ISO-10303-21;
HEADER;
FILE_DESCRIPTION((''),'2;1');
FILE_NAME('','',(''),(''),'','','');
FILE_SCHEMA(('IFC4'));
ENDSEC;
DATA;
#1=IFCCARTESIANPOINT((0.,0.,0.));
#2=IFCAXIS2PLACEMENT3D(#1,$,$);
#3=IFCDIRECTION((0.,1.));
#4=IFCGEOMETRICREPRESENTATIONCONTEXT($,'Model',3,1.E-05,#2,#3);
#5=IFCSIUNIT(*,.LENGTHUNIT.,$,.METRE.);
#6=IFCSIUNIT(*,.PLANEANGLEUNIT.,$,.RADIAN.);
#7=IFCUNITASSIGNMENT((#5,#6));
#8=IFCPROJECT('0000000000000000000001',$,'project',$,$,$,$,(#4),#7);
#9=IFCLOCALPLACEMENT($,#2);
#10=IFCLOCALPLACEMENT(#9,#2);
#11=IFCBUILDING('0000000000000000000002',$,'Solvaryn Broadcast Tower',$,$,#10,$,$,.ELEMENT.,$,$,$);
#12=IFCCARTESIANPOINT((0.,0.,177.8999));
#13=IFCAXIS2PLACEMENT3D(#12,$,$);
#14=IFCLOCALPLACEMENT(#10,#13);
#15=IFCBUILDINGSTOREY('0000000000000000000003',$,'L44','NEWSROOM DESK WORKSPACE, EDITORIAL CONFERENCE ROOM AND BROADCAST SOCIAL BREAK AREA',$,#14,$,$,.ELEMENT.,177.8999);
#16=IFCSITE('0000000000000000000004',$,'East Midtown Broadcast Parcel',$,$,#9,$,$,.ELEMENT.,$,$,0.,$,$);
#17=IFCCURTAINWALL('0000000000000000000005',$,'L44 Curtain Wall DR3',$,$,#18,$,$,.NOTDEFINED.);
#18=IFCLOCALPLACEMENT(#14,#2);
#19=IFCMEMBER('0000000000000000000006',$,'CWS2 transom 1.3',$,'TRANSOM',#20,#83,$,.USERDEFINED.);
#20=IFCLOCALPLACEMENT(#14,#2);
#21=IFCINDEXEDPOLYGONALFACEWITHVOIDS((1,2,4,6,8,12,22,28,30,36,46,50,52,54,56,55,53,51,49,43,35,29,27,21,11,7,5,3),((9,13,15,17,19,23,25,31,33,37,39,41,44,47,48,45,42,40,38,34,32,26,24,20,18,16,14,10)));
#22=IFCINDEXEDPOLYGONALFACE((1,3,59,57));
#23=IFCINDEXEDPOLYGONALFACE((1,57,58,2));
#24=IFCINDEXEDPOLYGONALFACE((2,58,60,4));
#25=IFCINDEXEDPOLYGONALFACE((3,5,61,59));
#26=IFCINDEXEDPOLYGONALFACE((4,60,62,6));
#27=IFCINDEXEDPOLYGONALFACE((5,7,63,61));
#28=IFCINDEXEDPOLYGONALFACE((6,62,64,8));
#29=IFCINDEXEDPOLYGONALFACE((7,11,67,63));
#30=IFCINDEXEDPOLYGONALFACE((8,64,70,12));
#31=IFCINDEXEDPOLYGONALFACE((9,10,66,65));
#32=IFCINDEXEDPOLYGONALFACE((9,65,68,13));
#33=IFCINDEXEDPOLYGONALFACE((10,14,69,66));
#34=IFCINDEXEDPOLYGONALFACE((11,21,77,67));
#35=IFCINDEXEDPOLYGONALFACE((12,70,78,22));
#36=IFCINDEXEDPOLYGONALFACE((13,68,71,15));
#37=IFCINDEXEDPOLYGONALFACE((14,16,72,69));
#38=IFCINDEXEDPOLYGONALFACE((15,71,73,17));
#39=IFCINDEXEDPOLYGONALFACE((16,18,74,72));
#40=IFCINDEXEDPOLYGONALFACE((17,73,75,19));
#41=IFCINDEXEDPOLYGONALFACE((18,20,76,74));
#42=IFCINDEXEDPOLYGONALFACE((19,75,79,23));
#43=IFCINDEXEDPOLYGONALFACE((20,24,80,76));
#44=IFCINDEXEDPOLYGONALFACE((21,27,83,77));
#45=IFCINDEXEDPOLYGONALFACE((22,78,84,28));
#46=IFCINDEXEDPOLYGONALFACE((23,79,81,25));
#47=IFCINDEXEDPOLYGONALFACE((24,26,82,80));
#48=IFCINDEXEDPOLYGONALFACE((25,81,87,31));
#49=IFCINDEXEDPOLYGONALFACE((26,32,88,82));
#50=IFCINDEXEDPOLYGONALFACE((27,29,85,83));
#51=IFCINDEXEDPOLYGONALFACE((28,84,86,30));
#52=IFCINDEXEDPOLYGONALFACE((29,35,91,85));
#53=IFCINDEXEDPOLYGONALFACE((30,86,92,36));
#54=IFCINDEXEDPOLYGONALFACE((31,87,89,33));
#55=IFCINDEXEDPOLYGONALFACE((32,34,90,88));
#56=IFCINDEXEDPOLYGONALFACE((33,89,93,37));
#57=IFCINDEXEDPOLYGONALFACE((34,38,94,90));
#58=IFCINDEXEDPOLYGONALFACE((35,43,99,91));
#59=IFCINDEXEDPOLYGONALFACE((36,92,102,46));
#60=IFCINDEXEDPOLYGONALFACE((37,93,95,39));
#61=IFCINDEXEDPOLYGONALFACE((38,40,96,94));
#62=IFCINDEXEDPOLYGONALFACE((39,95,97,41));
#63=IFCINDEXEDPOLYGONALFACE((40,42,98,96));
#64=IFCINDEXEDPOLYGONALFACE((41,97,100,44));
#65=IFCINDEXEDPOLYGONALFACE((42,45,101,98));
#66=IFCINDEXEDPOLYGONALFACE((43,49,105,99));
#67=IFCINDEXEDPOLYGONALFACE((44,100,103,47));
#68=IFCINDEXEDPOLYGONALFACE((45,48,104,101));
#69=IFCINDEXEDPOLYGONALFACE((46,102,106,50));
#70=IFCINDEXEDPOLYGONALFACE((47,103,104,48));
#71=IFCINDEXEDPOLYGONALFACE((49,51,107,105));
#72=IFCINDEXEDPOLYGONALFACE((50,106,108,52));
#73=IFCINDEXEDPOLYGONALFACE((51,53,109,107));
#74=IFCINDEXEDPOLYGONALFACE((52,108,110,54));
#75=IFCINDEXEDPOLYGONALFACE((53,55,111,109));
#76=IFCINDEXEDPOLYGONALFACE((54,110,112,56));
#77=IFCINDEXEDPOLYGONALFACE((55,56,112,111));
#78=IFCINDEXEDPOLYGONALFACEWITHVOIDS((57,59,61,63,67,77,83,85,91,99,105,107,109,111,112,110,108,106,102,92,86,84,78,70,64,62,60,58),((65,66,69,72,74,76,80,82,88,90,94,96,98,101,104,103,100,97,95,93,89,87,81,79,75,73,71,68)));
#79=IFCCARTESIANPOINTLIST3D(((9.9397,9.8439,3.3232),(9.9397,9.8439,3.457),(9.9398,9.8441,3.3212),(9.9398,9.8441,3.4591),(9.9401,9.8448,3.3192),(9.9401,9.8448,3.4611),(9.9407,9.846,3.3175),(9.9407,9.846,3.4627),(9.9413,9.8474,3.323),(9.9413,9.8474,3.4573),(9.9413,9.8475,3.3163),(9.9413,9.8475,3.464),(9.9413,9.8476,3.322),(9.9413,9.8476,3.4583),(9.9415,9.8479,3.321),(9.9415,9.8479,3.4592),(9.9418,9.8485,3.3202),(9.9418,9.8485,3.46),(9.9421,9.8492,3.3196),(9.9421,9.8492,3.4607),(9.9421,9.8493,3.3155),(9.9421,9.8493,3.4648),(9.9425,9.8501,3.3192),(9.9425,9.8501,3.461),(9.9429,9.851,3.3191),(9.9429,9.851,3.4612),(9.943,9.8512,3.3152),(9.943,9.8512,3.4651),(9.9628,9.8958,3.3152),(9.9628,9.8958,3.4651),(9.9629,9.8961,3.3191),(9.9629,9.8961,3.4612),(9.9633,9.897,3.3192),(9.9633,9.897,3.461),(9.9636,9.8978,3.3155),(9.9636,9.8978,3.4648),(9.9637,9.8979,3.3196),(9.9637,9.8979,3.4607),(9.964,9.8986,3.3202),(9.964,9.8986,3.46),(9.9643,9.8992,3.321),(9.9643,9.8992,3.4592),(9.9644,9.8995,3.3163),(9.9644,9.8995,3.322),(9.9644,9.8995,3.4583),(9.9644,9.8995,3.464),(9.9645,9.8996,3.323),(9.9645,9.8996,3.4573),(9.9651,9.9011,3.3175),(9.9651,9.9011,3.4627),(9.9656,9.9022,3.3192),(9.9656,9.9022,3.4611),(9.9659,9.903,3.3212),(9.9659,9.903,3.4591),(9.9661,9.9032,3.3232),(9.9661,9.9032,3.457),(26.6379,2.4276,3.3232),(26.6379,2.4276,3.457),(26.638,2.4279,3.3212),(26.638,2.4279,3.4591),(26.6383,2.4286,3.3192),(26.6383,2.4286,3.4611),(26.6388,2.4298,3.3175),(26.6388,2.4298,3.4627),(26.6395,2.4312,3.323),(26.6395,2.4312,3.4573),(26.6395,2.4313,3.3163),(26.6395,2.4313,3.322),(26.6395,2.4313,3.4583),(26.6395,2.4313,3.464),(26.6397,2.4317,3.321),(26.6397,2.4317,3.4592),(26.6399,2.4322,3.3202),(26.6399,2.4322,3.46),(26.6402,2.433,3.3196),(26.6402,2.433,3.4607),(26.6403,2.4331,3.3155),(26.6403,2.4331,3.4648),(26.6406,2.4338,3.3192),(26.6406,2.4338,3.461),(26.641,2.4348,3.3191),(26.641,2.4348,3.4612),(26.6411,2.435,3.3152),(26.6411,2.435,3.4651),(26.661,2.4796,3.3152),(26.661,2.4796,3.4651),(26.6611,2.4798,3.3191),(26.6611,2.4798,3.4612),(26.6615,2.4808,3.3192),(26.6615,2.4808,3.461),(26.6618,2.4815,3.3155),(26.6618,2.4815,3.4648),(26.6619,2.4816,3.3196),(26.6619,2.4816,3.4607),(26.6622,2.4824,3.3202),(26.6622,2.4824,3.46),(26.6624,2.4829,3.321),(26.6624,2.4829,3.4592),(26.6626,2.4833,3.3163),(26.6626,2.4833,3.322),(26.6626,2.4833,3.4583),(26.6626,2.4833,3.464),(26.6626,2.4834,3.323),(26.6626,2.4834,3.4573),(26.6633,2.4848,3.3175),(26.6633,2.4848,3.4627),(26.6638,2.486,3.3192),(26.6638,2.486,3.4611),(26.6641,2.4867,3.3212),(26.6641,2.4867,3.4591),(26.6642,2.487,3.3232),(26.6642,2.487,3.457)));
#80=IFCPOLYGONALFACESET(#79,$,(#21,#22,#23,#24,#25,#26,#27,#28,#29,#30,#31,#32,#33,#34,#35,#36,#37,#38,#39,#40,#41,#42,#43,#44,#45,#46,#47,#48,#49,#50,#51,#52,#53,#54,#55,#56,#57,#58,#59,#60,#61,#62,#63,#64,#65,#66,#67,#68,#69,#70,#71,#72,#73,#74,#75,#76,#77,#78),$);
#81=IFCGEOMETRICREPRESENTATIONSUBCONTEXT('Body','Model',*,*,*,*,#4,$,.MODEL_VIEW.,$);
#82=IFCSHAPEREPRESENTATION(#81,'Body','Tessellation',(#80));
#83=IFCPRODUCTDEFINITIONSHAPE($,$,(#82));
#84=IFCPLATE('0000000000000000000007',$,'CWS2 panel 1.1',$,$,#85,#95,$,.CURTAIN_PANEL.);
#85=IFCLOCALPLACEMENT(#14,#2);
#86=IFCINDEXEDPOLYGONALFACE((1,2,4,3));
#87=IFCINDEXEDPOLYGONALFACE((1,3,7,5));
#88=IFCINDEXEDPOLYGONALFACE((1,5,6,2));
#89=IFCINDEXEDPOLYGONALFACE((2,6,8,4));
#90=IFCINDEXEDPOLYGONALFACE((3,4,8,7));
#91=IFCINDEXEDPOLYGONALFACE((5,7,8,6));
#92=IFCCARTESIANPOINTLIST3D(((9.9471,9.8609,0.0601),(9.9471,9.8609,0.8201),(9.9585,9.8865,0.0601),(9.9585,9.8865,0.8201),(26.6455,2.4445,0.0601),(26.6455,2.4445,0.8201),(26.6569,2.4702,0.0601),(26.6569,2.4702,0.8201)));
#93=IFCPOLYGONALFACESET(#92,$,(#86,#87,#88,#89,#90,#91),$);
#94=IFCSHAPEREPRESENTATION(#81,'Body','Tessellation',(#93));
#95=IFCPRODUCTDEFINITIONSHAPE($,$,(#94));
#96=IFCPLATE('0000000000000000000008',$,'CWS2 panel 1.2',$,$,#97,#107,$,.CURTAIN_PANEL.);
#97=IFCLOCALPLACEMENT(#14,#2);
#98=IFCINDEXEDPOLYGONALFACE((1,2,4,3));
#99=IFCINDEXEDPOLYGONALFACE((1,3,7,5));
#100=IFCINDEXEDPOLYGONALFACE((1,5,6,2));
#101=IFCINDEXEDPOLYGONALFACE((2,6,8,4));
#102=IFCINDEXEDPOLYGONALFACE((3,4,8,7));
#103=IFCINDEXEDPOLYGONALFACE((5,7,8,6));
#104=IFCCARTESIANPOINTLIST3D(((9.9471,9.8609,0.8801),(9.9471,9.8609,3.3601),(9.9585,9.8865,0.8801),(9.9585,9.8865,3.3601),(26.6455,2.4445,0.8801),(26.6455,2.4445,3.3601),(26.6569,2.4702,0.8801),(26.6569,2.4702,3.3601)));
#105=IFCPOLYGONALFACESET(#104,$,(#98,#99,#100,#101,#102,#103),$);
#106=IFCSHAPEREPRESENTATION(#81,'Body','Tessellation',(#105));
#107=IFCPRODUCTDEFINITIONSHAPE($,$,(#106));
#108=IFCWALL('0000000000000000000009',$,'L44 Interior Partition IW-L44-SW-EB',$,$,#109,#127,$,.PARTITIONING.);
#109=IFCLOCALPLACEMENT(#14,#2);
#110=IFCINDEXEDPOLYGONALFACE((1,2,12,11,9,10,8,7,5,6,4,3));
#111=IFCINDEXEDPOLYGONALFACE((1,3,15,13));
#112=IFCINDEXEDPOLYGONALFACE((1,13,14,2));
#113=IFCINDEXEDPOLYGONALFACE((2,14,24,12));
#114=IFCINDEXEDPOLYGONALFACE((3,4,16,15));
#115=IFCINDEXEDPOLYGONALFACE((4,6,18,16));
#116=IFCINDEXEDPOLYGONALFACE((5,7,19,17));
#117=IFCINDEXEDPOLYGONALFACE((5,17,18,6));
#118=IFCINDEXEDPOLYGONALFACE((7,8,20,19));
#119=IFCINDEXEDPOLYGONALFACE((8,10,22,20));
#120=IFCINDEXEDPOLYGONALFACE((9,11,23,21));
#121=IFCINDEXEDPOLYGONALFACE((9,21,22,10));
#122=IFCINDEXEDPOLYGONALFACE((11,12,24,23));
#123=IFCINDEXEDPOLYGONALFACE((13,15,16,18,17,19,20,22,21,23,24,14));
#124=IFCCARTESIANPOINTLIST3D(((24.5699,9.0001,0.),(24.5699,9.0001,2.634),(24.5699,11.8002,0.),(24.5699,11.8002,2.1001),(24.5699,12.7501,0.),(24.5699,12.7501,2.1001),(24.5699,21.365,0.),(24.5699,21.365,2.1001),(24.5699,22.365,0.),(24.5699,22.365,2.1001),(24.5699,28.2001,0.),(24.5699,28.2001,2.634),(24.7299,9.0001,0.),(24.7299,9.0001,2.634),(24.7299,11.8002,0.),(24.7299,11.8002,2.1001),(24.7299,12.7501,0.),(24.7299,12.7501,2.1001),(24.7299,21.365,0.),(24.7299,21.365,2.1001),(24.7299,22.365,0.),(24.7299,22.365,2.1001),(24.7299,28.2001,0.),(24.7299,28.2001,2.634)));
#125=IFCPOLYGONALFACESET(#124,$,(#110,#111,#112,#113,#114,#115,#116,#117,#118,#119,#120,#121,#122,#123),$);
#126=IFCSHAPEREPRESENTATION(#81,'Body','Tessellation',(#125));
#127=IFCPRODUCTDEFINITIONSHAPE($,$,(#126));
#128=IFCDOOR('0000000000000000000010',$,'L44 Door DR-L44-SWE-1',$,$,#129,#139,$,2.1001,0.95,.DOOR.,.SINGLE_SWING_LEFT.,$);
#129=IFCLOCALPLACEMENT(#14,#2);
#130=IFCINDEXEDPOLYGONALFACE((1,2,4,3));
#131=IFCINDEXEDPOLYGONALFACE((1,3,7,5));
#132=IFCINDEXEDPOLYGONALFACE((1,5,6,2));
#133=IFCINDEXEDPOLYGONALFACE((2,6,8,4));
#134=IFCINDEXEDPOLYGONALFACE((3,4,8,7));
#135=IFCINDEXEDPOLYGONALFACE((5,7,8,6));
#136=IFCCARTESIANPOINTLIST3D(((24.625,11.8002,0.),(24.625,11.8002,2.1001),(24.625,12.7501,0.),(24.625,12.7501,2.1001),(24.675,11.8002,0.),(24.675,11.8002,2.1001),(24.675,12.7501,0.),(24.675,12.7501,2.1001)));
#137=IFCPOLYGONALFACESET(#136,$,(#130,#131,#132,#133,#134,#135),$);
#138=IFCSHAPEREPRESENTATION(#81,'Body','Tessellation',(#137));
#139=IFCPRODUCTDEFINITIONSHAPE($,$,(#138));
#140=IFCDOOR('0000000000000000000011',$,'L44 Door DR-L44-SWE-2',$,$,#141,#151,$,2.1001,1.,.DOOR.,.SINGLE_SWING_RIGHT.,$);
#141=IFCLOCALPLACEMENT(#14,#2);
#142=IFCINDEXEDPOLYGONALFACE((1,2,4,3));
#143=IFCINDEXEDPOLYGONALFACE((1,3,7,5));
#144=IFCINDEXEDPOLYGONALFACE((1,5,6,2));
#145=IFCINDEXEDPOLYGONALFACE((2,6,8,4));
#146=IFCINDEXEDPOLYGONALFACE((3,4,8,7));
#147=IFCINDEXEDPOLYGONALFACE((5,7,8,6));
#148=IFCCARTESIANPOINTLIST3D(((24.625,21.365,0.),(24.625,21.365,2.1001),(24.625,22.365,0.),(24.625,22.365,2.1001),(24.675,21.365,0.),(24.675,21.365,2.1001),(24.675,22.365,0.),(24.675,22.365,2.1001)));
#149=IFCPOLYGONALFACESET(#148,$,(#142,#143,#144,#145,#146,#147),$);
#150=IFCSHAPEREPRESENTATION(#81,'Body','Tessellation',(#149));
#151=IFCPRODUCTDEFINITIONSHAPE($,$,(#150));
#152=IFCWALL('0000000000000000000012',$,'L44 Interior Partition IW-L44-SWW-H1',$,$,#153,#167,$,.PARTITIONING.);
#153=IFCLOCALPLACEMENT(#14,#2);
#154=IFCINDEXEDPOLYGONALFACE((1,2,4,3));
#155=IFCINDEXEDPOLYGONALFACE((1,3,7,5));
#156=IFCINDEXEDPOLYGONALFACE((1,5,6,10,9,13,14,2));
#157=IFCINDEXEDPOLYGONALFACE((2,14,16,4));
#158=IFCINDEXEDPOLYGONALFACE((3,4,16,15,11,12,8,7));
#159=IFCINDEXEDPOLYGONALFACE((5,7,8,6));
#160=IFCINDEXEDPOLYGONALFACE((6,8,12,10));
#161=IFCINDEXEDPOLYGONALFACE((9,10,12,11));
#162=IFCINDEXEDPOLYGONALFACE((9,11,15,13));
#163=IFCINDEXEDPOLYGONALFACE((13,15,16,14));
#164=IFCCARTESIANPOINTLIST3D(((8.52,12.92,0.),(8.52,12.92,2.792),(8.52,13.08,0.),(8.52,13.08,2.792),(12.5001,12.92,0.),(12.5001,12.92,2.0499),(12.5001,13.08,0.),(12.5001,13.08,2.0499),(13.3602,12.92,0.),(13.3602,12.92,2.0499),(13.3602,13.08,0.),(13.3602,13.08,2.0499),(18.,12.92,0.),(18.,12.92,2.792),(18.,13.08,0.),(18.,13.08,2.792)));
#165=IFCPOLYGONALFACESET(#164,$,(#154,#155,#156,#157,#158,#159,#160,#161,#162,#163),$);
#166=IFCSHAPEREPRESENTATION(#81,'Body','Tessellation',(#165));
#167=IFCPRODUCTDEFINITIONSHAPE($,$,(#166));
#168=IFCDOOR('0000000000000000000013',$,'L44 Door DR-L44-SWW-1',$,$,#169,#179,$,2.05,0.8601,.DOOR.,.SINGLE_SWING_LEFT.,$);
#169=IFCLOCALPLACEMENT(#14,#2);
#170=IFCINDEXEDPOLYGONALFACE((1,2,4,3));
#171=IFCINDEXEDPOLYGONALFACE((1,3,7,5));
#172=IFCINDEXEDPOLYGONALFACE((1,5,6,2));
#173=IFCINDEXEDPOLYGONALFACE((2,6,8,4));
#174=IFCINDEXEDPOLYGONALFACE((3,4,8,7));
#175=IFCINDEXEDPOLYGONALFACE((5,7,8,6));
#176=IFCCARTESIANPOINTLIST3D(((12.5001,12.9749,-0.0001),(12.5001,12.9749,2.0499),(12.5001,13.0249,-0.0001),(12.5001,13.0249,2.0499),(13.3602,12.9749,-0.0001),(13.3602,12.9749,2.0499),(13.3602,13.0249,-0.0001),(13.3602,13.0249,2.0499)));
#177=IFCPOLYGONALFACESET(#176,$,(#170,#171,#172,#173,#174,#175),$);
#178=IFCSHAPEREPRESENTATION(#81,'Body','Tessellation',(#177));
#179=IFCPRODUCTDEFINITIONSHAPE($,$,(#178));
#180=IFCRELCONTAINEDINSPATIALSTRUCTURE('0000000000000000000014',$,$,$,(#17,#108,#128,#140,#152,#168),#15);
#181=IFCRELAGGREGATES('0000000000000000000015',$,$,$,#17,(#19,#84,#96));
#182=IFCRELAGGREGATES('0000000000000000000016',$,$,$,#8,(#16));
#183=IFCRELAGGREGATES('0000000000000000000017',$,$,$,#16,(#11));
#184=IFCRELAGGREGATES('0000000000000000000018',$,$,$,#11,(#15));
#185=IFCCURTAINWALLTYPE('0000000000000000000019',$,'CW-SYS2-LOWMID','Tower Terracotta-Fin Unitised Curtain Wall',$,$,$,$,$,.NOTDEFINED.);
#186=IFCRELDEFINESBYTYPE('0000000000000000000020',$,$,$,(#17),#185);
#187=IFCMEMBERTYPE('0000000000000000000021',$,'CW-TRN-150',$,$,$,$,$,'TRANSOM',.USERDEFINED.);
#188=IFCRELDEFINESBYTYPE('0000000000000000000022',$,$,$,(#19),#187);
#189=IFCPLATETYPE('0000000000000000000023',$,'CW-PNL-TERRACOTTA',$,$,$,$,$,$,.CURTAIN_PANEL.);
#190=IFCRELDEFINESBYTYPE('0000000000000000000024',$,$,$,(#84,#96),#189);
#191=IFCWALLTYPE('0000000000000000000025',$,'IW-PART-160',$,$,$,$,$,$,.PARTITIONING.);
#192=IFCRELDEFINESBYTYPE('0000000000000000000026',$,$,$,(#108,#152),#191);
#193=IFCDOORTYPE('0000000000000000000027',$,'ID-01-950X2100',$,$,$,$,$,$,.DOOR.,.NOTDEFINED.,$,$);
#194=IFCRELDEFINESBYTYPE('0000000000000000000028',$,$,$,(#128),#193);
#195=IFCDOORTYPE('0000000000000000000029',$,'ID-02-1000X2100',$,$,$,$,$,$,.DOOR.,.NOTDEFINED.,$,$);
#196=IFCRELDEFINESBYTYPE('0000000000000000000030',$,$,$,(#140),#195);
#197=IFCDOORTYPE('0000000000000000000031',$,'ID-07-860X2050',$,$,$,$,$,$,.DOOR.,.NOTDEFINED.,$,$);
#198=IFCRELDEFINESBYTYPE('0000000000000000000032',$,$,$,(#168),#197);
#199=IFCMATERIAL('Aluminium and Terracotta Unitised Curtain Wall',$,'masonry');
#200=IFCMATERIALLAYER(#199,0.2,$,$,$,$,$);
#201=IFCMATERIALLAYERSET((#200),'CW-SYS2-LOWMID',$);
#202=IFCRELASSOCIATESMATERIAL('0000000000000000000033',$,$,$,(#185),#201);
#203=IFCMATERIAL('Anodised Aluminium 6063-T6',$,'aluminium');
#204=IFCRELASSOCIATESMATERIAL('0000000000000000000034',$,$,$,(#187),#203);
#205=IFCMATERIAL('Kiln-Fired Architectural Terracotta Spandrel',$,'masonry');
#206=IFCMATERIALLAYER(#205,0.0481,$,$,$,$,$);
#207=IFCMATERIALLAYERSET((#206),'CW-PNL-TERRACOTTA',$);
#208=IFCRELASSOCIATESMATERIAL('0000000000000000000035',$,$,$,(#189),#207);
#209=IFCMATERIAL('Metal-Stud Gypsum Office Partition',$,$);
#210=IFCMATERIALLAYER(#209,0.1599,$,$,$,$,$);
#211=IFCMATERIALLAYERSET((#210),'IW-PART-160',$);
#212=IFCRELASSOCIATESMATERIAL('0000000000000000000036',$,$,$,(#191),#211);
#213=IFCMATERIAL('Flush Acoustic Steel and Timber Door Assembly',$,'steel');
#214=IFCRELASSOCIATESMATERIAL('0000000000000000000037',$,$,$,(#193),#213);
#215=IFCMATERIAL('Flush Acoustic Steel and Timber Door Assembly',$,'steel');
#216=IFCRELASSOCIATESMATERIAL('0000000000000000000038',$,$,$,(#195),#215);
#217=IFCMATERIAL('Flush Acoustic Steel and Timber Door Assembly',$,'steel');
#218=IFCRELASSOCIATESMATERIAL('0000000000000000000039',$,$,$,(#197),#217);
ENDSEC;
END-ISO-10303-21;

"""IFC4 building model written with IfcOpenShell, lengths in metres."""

from ifc_helpers import new_model, si_unit, direction, frame, frame_2d, origin, origin_2d, place, context, subcontext, project, spatial, rectangle, hollow_rectangle, extrude, material, layer, layer_set, material_profile, profile_set, type_object, element, fill, aggregate, save


model = new_model("IFC4")

# Units and contexts
model_context = context("Model", 3, precision=1e-05, world=origin(), true_north=direction((0.0, 1.0)))
body_context = subcontext(model_context, "Body", "Model", "MODEL_VIEW")
ifc_project = project(units=[si_unit("LENGTHUNIT", "METRE"), si_unit("PLANEANGLEUNIT", "RADIAN")], contexts=[model_context])

# Site, building, storey
site_placement = place(None, origin())
site = spatial("IfcSite", under=ifc_project, at=site_placement, Name="East Midtown Broadcast Parcel", CompositionType="ELEMENT", RefElevation=0.0)
building_placement = place(site_placement, origin())
building = spatial("IfcBuilding", under=site, at=building_placement, Name="Solvaryn Broadcast Tower", CompositionType="ELEMENT")
storey_placement = place(building_placement, frame((0.0, 0.0, 177.8999)))
storey = spatial("IfcBuildingStorey", under=building, at=storey_placement, Name="L44", Description="NEWSROOM DESK WORKSPACE, EDITORIAL CONFERENCE ROOM AND BROADCAST SOCIAL BREAK AREA", CompositionType="ELEMENT", Elevation=177.8999)

# Shared definitions
ifc_material_1 = material(Name="Aluminium and Terracotta Unitised Curtain Wall", Category="masonry")
ifc_layer_1 = layer(ifc_material_1, 0.2)
ifc_layer_set_1 = layer_set([ifc_layer_1], Name="CW-SYS2-LOWMID")
curtain_wall_type = type_object("IfcCurtainWallType", Name="CW-SYS2-LOWMID", Description="Tower Terracotta-Fin Unitised Curtain Wall", PredefinedType="NOTDEFINED", material=ifc_layer_set_1)

# Curtain wall, member, plates
curtain_wall_1_placement = place(storey_placement, origin())
curtain_wall_1 = element("IfcCurtainWall", 1, at=curtain_wall_1_placement, inside=storey, type_object=curtain_wall_type, Name="L44 Curtain Wall DR3", PredefinedType="NOTDEFINED")
ifc_material_2 = material(Name="Anodised Aluminium 6063-T6", Category="aluminium")
ifc_material_profile_1 = material_profile(ifc_material_2, hollow_rectangle(XDim=0.0649, YDim=0.1499, WallThickness=0.0039, InnerFilletRadius=0.0039, OuterFilletRadius=0.0081, at=origin_2d()))
ifc_profile_set_1 = profile_set([ifc_material_profile_1], Name="Anodised Aluminium 6063-T6")
member_type_1 = type_object("IfcMemberType", Name="CW-TRN-150", ElementType="TRANSOM", PredefinedType="USERDEFINED", material=ifc_profile_set_1)
member_1_placement = place(storey_placement, frame((9.9529, 9.8735, 3.3901), z_axis=(0.913917, -0.405902, 0.0), x_axis=(0.405902, 0.913917, 0.0)))
member_1 = element("IfcMember", 2, at=member_1_placement, type_object=member_type_1, Name="CWS2 transom 1.3", ObjectType="TRANSOM", PredefinedType="USERDEFINED", context=body_context, shape_type="SweptSolid", body=[
    extrude(hollow_rectangle(XDim=0.0649, YDim=0.1499, WallThickness=0.0039, InnerFilletRadius=0.0039, OuterFilletRadius=0.0081, at=origin_2d()), origin(), (0.0, 0.0, 1.0), 18.271),
])
ifc_material_3 = material(Name="Kiln-Fired Architectural Terracotta Spandrel", Category="masonry")
ifc_layer_2 = layer(ifc_material_3, 0.0481)
ifc_layer_set_2 = layer_set([ifc_layer_2], Name="CW-PNL-TERRACOTTA")
plate_type = type_object("IfcPlateType", Name="CW-PNL-TERRACOTTA", PredefinedType="CURTAIN_PANEL", material=ifc_layer_set_2)
plate_1_placement = place(storey_placement, frame((18.302, 6.1655, 0.0601), z_axis=(0.0, 0.0, 1.0), x_axis=(0.913917, -0.405901, 0.0)))
plate_1 = element("IfcPlate", 3, at=plate_1_placement, type_object=plate_type, Name="CWS2 panel 1.1", PredefinedType="CURTAIN_PANEL", context=body_context, shape_type="SweptSolid", body=[
    extrude(rectangle(XDim=18.2712, YDim=0.0281, at=origin_2d()), origin(), (0.0, 0.0, 1.0), 0.76),
])
plate_2_placement = place(storey_placement, frame((18.302, 6.1655, 0.8801), z_axis=(0.0, 0.0, 1.0), x_axis=(0.913917, -0.405901, 0.0)))
plate_2 = element("IfcPlate", 4, at=plate_2_placement, type_object=plate_type, Name="CWS2 panel 1.2", PredefinedType="CURTAIN_PANEL", context=body_context, shape_type="SweptSolid", body=[
    extrude(rectangle(XDim=18.2712, YDim=0.0281, at=origin_2d()), origin(), (0.0, 0.0, 1.0), 2.48),
])
aggregate(curtain_wall_1, [member_1, plate_1, plate_2])

# Wall, openings, doors
ifc_material_4 = material(Name="Metal-Stud Gypsum Office Partition")
ifc_layer_3 = layer(ifc_material_4, 0.1599)
ifc_layer_set_3 = layer_set([ifc_layer_3], Name="IW-PART-160")
wall_type_1 = type_object("IfcWallType", Name="IW-PART-160", PredefinedType="PARTITIONING", material=ifc_layer_set_3)
wall_1_placement = place(storey_placement, frame((24.6499, 9.0, 0.0), z_axis=(0.0, 0.0, 1.0), x_axis=(0.0, 1.0, 0.0)))
wall_1 = element("IfcWall", 5, at=wall_1_placement, inside=storey, type_object=wall_type_1, Name="L44 Interior Partition IW-L44-SW-EB", PredefinedType="PARTITIONING", context=body_context, shape_type="SweptSolid", body=[
    extrude(rectangle(XDim=19.2, YDim=0.1599, at=frame_2d((9.6001, 0.0))), origin(), (0.0, 0.0, 1.0), 2.634),
])
opening_1_placement = place(wall_1_placement, frame((2.8, 0.0, 0.0)))
opening_1 = element("IfcOpeningElement", 6, at=opening_1_placement, cuts=wall_1, PredefinedType="OPENING", context=body_context, shape_type="SweptSolid", body=[
    extrude(rectangle(XDim=0.95, YDim=2.1001, at=frame_2d((0.4751, 1.05))), frame((0.0, 0.0901, 0.0), z_axis=(0.0, -1.0, 0.0), x_axis=(1.0, 0.0, 0.0)), (0.0, 0.0, 1.0), 0.1799),
])
opening_2_placement = place(wall_1_placement, frame((12.365, 0.0, 0.0)))
opening_2 = element("IfcOpeningElement", 7, at=opening_2_placement, cuts=wall_1, PredefinedType="OPENING", context=body_context, shape_type="SweptSolid", body=[
    extrude(rectangle(XDim=1.0, YDim=2.1001, at=frame_2d((0.5, 1.05))), frame((0.0, 0.0901, 0.0), z_axis=(0.0, -1.0, 0.0), x_axis=(1.0, 0.0, 0.0)), (0.0, 0.0, 1.0), 0.1799),
])
ifc_material_5 = material(Name="Flush Acoustic Steel and Timber Door Assembly", Category="steel")
door_type_1 = type_object("IfcDoorType", Name="ID-01-950X2100", OperationType="NOTDEFINED", PredefinedType="DOOR", material=ifc_material_5)
door_1_placement = place(opening_1_placement, origin())
door_1 = element("IfcDoor", 8, at=door_1_placement, inside=storey, type_object=door_type_1, Name="L44 Door DR-L44-SWE-1", OperationType="SINGLE_SWING_LEFT", OverallHeight=2.1001, OverallWidth=0.95, PredefinedType="DOOR", context=body_context, shape_type="SweptSolid", body=[
    extrude(rectangle(XDim=0.95, YDim=2.1001, at=frame_2d((0.4751, 1.05))), frame((0.0, 0.0249, 0.0), z_axis=(0.0, -1.0, 0.0), x_axis=(1.0, 0.0, 0.0)), (0.0, 0.0, 1.0), 0.05),
])
fill(opening_1, door_1)
ifc_material_6 = material(Name="Flush Acoustic Steel and Timber Door Assembly", Category="steel")
door_type_2 = type_object("IfcDoorType", Name="ID-02-1000X2100", OperationType="NOTDEFINED", PredefinedType="DOOR", material=ifc_material_6)
door_2_placement = place(opening_2_placement, origin())
door_2 = element("IfcDoor", 9, at=door_2_placement, inside=storey, type_object=door_type_2, Name="L44 Door DR-L44-SWE-2", OperationType="SINGLE_SWING_RIGHT", OverallHeight=2.1001, OverallWidth=1.0, PredefinedType="DOOR", context=body_context, shape_type="SweptSolid", body=[
    extrude(rectangle(XDim=1.0, YDim=2.1001, at=frame_2d((0.5, 1.05))), frame((0.0, 0.0249, 0.0), z_axis=(0.0, -1.0, 0.0), x_axis=(1.0, 0.0, 0.0)), (0.0, 0.0, 1.0), 0.05),
])
fill(opening_2, door_2)

# Wall, opening, door
wall_2_placement = place(storey_placement, frame((8.52, 13.0, 0.0), z_axis=(0.0, 0.0, 1.0), x_axis=(1.0, 0.0, 0.0)))
wall_2 = element("IfcWall", 10, at=wall_2_placement, inside=storey, type_object=wall_type_1, Name="L44 Interior Partition IW-L44-SWW-H1", PredefinedType="PARTITIONING", context=body_context, shape_type="SweptSolid", body=[
    extrude(rectangle(XDim=9.48, YDim=0.1599, at=frame_2d((4.74, 0.0))), origin(), (0.0, 0.0, 1.0), 2.792),
])
opening_3_placement = place(wall_2_placement, frame((3.98, 0.0, 0.0)))
opening_3 = element("IfcOpeningElement", 11, at=opening_3_placement, cuts=wall_2, PredefinedType="OPENING", context=body_context, shape_type="SweptSolid", body=[
    extrude(rectangle(XDim=0.8601, YDim=2.05, at=frame_2d((0.4302, 1.0249))), frame((0.0, 0.0901, 0.0), z_axis=(0.0, -1.0, 0.0), x_axis=(1.0, 0.0, 0.0)), (0.0, 0.0, 1.0), 0.1799),
])
ifc_material_7 = material(Name="Flush Acoustic Steel and Timber Door Assembly", Category="steel")
door_type_3 = type_object("IfcDoorType", Name="ID-07-860X2050", OperationType="NOTDEFINED", PredefinedType="DOOR", material=ifc_material_7)
door_3_placement = place(opening_3_placement, origin())
door_3 = element("IfcDoor", 12, at=door_3_placement, inside=storey, type_object=door_type_3, Name="L44 Door DR-L44-SWW-1", OperationType="SINGLE_SWING_LEFT", OverallHeight=2.05, OverallWidth=0.8601, PredefinedType="DOOR", context=body_context, shape_type="SweptSolid", body=[
    extrude(rectangle(XDim=0.8601, YDim=2.05, at=frame_2d((0.4302, 1.0249))), frame((0.0, 0.0249, 0.0), z_axis=(0.0, -1.0, 0.0), x_axis=(1.0, 0.0, 0.0)), (0.0, 0.0, 1.0), 0.05),
])
fill(opening_3, door_3)

save(model, "model.ifc")
